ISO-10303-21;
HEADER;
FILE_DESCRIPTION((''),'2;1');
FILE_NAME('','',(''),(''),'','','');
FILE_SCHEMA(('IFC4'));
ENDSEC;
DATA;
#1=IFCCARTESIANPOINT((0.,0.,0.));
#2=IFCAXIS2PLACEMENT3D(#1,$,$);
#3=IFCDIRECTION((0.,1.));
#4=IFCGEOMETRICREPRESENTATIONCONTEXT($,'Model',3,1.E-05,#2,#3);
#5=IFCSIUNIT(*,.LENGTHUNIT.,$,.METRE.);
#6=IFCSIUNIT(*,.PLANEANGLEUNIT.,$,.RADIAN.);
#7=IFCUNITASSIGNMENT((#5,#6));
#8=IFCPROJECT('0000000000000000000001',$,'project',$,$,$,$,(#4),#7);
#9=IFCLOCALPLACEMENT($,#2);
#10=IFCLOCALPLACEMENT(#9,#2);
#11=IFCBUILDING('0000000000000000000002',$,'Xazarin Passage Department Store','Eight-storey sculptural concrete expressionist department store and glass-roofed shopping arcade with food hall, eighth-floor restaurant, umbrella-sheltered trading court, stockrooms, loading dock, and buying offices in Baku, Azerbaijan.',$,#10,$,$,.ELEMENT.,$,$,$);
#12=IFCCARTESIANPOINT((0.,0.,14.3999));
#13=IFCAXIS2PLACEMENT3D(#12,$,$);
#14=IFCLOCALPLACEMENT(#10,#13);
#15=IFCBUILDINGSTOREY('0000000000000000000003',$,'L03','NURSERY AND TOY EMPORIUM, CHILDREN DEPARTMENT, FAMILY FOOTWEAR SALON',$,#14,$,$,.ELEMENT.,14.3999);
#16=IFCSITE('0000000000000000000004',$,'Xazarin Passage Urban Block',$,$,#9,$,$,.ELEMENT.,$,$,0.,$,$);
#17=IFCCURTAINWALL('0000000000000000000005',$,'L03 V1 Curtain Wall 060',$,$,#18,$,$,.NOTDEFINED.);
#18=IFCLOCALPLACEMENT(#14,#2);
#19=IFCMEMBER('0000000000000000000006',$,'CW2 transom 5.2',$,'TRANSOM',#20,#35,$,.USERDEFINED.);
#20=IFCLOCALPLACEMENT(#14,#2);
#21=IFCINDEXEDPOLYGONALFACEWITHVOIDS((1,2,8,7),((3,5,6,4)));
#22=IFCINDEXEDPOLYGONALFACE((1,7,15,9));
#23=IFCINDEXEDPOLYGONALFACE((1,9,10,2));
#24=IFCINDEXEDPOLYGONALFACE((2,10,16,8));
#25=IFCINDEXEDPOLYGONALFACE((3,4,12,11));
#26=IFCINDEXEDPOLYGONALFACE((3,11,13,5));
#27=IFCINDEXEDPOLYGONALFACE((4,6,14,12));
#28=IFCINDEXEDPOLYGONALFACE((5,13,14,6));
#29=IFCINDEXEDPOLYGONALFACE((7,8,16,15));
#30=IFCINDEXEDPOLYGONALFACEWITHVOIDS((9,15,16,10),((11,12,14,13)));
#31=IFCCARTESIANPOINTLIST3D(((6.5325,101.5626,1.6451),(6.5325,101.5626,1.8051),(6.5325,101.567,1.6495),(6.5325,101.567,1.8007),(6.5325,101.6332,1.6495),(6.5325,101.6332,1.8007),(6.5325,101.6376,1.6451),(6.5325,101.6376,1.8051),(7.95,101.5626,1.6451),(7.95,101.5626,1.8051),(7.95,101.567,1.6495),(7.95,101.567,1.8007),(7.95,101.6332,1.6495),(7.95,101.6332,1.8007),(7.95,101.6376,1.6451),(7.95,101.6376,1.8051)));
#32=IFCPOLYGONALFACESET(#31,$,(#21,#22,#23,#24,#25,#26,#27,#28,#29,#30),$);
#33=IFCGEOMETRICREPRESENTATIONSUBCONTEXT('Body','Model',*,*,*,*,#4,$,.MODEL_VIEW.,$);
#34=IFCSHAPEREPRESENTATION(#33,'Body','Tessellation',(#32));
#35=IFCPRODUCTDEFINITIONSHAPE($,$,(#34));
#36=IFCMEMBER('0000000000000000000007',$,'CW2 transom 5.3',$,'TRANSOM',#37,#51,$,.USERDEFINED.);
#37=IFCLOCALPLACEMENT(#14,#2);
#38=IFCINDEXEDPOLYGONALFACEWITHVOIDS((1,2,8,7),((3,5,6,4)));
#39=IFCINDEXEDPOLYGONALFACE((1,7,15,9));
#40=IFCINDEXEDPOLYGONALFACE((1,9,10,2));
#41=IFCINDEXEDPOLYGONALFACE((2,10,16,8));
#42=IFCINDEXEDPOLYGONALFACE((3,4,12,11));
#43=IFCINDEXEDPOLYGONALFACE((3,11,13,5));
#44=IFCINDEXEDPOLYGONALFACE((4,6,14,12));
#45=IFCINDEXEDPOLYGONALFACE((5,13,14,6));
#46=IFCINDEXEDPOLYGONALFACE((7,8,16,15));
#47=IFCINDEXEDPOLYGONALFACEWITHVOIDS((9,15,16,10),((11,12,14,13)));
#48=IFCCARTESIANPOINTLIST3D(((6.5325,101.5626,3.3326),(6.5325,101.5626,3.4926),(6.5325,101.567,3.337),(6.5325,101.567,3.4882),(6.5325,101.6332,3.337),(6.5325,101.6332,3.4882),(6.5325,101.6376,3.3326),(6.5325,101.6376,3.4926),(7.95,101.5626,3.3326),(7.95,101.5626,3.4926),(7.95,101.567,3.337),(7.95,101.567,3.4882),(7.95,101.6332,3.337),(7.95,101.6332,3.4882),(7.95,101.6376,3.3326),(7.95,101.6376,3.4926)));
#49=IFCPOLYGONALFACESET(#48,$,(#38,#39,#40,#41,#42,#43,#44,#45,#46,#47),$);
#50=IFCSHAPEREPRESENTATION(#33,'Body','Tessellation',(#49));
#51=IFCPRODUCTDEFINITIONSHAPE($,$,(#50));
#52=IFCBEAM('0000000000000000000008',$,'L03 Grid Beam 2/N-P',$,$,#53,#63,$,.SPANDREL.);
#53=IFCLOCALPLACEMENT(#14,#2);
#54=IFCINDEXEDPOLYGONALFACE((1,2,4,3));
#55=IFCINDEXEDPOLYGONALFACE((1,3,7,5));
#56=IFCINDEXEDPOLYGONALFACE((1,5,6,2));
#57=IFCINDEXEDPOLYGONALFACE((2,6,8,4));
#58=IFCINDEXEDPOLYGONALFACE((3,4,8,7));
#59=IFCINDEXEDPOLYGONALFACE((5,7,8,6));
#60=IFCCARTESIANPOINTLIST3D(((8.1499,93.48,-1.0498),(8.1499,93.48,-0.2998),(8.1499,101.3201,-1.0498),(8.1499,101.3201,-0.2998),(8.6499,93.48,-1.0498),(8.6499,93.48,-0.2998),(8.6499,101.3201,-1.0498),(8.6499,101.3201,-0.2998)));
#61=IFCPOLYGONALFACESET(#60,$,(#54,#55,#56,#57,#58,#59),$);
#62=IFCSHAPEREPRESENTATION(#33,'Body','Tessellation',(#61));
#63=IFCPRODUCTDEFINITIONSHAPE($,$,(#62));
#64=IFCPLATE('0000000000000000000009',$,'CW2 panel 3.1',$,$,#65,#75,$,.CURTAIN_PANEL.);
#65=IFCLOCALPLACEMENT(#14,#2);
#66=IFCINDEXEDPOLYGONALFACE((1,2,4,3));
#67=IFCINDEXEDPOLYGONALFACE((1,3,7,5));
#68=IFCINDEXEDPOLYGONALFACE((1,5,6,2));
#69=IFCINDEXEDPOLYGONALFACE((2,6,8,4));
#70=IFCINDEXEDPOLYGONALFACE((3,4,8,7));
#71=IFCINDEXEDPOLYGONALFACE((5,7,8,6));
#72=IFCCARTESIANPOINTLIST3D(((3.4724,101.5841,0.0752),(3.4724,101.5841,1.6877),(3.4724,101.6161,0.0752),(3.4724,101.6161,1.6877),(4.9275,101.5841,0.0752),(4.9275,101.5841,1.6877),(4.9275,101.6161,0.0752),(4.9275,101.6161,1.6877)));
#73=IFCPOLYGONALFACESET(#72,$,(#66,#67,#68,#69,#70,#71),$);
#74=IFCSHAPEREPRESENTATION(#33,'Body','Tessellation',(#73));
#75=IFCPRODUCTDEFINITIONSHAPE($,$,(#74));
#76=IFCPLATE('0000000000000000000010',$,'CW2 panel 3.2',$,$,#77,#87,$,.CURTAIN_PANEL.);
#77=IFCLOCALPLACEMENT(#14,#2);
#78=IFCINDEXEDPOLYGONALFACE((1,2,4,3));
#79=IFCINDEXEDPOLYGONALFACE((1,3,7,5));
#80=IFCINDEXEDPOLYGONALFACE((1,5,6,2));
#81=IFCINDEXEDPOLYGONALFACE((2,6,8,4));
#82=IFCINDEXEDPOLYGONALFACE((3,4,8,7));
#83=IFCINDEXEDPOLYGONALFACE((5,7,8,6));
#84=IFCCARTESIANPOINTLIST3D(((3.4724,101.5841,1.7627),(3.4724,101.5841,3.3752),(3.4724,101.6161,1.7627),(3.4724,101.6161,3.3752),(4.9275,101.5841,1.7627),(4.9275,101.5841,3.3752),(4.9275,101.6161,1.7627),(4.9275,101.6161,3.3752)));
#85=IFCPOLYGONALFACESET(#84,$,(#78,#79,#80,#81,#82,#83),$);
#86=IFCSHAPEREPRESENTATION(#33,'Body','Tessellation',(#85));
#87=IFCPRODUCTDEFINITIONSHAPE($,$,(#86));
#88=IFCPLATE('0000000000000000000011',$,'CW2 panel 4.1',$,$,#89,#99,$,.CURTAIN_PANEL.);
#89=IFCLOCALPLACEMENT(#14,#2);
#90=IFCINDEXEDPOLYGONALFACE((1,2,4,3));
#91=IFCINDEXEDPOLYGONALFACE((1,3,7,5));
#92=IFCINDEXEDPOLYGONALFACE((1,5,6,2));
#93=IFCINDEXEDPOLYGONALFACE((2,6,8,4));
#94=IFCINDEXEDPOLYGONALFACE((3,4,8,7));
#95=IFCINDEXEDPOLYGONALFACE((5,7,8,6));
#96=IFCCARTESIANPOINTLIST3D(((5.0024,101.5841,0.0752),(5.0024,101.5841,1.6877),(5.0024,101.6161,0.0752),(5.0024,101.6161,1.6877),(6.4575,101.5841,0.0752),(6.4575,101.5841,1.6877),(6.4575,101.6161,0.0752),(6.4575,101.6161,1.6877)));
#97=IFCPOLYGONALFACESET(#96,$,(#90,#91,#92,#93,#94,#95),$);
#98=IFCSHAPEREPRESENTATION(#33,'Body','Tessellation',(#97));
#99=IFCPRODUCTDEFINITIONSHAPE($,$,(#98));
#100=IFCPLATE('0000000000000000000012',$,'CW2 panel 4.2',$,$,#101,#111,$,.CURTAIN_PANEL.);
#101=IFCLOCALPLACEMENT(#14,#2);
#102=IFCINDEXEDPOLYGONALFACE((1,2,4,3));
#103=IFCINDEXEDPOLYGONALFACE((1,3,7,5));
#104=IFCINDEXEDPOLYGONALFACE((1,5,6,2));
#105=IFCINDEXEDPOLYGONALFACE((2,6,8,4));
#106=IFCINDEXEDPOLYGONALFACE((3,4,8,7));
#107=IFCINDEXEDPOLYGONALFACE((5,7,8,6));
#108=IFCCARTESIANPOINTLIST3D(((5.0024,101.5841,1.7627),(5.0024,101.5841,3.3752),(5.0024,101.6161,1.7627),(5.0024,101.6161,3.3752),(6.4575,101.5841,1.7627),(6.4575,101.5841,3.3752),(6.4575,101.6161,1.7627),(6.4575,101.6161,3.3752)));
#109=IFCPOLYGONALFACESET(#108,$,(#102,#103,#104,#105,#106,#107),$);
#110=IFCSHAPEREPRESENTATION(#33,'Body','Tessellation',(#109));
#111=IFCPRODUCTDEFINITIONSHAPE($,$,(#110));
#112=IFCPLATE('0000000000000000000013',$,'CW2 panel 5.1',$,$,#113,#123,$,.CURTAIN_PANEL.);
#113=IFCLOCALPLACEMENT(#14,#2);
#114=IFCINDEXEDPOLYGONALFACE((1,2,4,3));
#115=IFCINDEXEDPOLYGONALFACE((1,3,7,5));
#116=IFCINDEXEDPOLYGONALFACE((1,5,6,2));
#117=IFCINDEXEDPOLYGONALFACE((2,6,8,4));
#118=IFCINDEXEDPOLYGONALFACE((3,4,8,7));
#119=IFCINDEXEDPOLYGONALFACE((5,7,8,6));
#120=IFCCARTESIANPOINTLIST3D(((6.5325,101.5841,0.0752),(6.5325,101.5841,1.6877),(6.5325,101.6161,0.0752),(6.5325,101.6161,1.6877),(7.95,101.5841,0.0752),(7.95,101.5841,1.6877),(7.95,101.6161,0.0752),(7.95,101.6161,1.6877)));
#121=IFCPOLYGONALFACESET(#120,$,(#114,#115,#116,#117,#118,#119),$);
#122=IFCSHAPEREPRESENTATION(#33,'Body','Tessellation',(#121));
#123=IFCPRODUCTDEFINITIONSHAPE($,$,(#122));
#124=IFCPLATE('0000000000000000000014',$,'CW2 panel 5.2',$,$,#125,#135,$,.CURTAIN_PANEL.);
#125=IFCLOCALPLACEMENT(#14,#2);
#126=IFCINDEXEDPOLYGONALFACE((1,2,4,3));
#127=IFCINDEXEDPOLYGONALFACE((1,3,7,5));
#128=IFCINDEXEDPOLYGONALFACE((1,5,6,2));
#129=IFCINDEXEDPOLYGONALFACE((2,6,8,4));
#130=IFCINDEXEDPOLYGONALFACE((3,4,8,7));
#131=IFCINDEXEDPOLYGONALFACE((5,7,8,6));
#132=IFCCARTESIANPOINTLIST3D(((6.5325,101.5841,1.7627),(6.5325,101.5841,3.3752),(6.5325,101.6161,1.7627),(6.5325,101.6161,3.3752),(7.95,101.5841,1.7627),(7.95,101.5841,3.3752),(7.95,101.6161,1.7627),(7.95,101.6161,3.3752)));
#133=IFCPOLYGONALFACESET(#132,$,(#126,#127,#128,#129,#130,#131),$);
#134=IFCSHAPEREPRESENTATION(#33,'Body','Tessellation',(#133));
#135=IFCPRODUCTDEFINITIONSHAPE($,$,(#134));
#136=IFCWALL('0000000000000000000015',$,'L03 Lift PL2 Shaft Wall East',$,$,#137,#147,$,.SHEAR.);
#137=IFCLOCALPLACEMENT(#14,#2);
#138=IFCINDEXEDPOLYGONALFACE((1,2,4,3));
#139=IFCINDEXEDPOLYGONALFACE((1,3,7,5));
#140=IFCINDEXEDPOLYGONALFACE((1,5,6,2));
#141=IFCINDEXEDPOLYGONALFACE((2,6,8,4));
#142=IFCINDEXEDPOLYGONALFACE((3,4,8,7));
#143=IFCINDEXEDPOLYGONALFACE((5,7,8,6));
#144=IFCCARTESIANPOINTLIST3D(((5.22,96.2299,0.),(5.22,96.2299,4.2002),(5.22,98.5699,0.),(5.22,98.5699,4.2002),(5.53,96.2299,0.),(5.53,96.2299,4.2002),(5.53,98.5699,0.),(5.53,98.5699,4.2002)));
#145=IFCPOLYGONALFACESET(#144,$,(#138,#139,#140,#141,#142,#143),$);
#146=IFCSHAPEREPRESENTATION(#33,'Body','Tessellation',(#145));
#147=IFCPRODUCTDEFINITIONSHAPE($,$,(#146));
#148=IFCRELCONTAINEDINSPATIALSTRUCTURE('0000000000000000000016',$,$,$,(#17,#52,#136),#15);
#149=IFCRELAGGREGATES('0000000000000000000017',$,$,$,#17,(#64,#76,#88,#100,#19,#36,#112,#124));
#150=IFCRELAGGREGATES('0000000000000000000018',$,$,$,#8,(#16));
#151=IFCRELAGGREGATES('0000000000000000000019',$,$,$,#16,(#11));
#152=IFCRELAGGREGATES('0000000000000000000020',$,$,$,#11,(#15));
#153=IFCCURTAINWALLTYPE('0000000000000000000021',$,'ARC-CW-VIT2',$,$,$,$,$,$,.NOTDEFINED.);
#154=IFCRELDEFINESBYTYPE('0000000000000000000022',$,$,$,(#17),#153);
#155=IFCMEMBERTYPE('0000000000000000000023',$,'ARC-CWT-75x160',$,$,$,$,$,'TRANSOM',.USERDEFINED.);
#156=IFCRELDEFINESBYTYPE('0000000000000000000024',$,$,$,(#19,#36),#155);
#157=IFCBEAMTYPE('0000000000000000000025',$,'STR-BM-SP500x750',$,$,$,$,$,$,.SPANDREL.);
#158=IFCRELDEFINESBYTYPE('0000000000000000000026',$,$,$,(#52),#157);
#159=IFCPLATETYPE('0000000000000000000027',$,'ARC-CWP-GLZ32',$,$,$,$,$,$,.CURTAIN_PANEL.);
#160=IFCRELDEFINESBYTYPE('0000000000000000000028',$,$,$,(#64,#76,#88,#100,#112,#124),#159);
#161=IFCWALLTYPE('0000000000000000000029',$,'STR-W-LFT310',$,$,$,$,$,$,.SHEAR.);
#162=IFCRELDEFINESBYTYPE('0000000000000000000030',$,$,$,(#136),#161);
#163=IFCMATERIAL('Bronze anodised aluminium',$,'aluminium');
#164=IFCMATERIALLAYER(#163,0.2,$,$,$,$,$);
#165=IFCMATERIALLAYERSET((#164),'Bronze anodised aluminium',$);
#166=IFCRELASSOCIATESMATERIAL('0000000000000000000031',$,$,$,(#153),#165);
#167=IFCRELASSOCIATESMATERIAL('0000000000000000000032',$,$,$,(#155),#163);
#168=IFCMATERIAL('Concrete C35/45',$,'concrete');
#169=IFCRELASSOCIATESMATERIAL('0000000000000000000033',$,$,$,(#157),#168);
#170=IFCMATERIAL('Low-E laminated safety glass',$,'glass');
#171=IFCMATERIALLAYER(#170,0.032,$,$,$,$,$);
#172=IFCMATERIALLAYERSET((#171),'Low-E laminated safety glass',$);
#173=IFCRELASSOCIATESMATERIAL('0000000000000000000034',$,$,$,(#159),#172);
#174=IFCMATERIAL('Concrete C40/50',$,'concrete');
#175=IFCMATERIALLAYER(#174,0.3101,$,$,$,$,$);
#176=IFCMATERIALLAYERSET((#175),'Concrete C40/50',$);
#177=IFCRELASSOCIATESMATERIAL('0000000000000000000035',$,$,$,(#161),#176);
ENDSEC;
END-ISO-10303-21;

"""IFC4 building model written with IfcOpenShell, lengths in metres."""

from ifc_helpers import new_model, si_unit, direction, frame, frame_2d, origin, origin_2d, place, context, subcontext, project, spatial, rectangle, hollow_rectangle, extrude, material, layer, layer_set, material_profile, profile_set, type_object, element, aggregate, save


model = new_model("IFC4")

# Units and contexts
model_context = context("Model", 3, precision=1e-05, world=origin(), true_north=direction((0.0, 1.0)))
body_context = subcontext(model_context, "Body", "Model", "MODEL_VIEW")
ifc_project = project(units=[si_unit("LENGTHUNIT", "METRE"), si_unit("PLANEANGLEUNIT", "RADIAN")], contexts=[model_context])

# Site, building, storey
site_placement = place(None, origin())
site = spatial("IfcSite", under=ifc_project, at=site_placement, Name="Xazarin Passage Urban Block", CompositionType="ELEMENT", RefElevation=0.0)
building_placement = place(site_placement, origin())
building = spatial("IfcBuilding", under=site, at=building_placement, Name="Xazarin Passage Department Store", Description="Eight-storey sculptural concrete expressionist department store and glass-roofed shopping arcade with food hall, eighth-floor restaurant, umbrella-sheltered trading court, stockrooms, loading dock, and buying offices in Baku, Azerbaijan.", CompositionType="ELEMENT")
storey_placement = place(building_placement, frame((0.0, 0.0, 14.3999)))
storey = spatial("IfcBuildingStorey", under=building, at=storey_placement, Name="L03", Description="NURSERY AND TOY EMPORIUM, CHILDREN DEPARTMENT, FAMILY FOOTWEAR SALON", CompositionType="ELEMENT", Elevation=14.3999)

# Shared definitions
ifc_material_1 = material(Name="Concrete C40/50", Category="concrete")

# Curtain wall, members
ifc_material_2 = material(Name="Bronze anodised aluminium", Category="aluminium")
ifc_layer_1 = layer(ifc_material_2, 0.2)
ifc_layer_set_1 = layer_set([ifc_layer_1], Name="Bronze anodised aluminium")
curtain_wall_type = type_object("IfcCurtainWallType", Name="ARC-CW-VIT2", PredefinedType="NOTDEFINED", material=ifc_layer_set_1)
curtain_wall_placement = place(storey_placement, origin())
curtain_wall = element("IfcCurtainWall", 1, at=curtain_wall_placement, inside=storey, type_object=curtain_wall_type, Name="L03 V1 Curtain Wall 060", PredefinedType="NOTDEFINED")
ifc_material_profile_1 = material_profile(ifc_material_2, hollow_rectangle(XDim=0.075, YDim=0.1599, WallThickness=0.0044, at=origin_2d()), Name="ALU 75x160")
ifc_profile_set_1 = profile_set([ifc_material_profile_1], Name="Bronze anodised aluminium")
member_type_1 = type_object("IfcMemberType", Name="ARC-CWT-75x160", ElementType="TRANSOM", PredefinedType="USERDEFINED", material=ifc_profile_set_1)
member_1_placement = place(storey_placement, frame((6.5325, 101.6001, 1.7251), z_axis=(1.0, 0.0, 0.0), x_axis=(0.0, 1.0, 0.0)))
member_1 = element("IfcMember", 2, at=member_1_placement, type_object=member_type_1, Name="CW2 transom 5.2", ObjectType="TRANSOM", PredefinedType="USERDEFINED", context=body_context, shape_type="SweptSolid", body=[
    extrude(hollow_rectangle(XDim=0.075, YDim=0.1599, WallThickness=0.0044, at=origin_2d()), origin(), (0.0, 0.0, 1.0), 1.4175),
])
member_2_placement = place(storey_placement, frame((6.5325, 101.6001, 3.4126), z_axis=(1.0, 0.0, 0.0), x_axis=(0.0, 1.0, 0.0)))
member_2 = element("IfcMember", 3, at=member_2_placement, type_object=member_type_1, Name="CW2 transom 5.3", ObjectType="TRANSOM", PredefinedType="USERDEFINED", context=body_context, shape_type="SweptSolid", body=[
    extrude(hollow_rectangle(XDim=0.075, YDim=0.1599, WallThickness=0.0044, at=origin_2d()), origin(), (0.0, 0.0, 1.0), 1.4175),
])

# Beam
ifc_material_3 = material(Name="Concrete C35/45", Category="concrete")
ifc_material_profile_2 = material_profile(ifc_material_3, rectangle(XDim=0.5, YDim=0.75, at=origin_2d()), Name="RC 500x750")
ifc_profile_set_2 = profile_set([ifc_material_profile_2], Name="Concrete C35/45")
beam_type = type_object("IfcBeamType", Name="STR-BM-SP500x750", PredefinedType="SPANDREL", material=ifc_profile_set_2)
beam_placement = place(storey_placement, frame((8.3999, 93.48, -0.6748), z_axis=(0.0, 1.0, 0.0), x_axis=(-1.0, 0.0, 0.0)))
element("IfcBeam", 4, at=beam_placement, inside=storey, type_object=beam_type, Name="L03 Grid Beam 2/N-P", PredefinedType="SPANDREL", context=body_context, shape_type="SweptSolid", body=[
    extrude(rectangle(XDim=0.5, YDim=0.75, at=origin_2d()), origin(), (0.0, 0.0, 1.0), 7.8401),
])

# Plates
ifc_material_4 = material(Name="Low-E laminated safety glass", Category="glass")
ifc_layer_2 = layer(ifc_material_4, 0.032)
ifc_layer_set_2 = layer_set([ifc_layer_2], Name="Low-E laminated safety glass")
plate_type = type_object("IfcPlateType", Name="ARC-CWP-GLZ32", PredefinedType="CURTAIN_PANEL", material=ifc_layer_set_2)
plate_1_placement = place(storey_placement, frame((4.2, 101.6001, 0.0752), z_axis=(0.0, 0.0, 1.0), x_axis=(1.0, 0.0, 0.0)))
plate_1 = element("IfcPlate", 5, at=plate_1_placement, type_object=plate_type, Name="CW2 panel 3.1", PredefinedType="CURTAIN_PANEL", context=body_context, shape_type="SweptSolid", body=[
    extrude(rectangle(XDim=1.4551, YDim=0.032, at=origin_2d()), origin(), (0.0, 0.0, 1.0), 1.6125),
])
plate_2_placement = place(storey_placement, frame((4.2, 101.6001, 1.7627), z_axis=(0.0, 0.0, 1.0), x_axis=(1.0, 0.0, 0.0)))
plate_2 = element("IfcPlate", 6, at=plate_2_placement, type_object=plate_type, Name="CW2 panel 3.2", PredefinedType="CURTAIN_PANEL", context=body_context, shape_type="SweptSolid", body=[
    extrude(rectangle(XDim=1.4551, YDim=0.032, at=origin_2d()), origin(), (0.0, 0.0, 1.0), 1.6125),
])
plate_3_placement = place(storey_placement, frame((5.73, 101.6001, 0.0752), z_axis=(0.0, 0.0, 1.0), x_axis=(1.0, 0.0, 0.0)))
plate_3 = element("IfcPlate", 7, at=plate_3_placement, type_object=plate_type, Name="CW2 panel 4.1", PredefinedType="CURTAIN_PANEL", context=body_context, shape_type="SweptSolid", body=[
    extrude(rectangle(XDim=1.4551, YDim=0.032, at=origin_2d()), origin(), (0.0, 0.0, 1.0), 1.6125),
])
plate_4_placement = place(storey_placement, frame((5.73, 101.6001, 1.7627), z_axis=(0.0, 0.0, 1.0), x_axis=(1.0, 0.0, 0.0)))
plate_4 = element("IfcPlate", 8, at=plate_4_placement, type_object=plate_type, Name="CW2 panel 4.2", PredefinedType="CURTAIN_PANEL", context=body_context, shape_type="SweptSolid", body=[
    extrude(rectangle(XDim=1.4551, YDim=0.032, at=origin_2d()), origin(), (0.0, 0.0, 1.0), 1.6125),
])
plate_5_placement = place(storey_placement, frame((7.2412, 101.6001, 0.0752), z_axis=(0.0, 0.0, 1.0), x_axis=(1.0, 0.0, 0.0)))
plate_5 = element("IfcPlate", 9, at=plate_5_placement, type_object=plate_type, Name="CW2 panel 5.1", PredefinedType="CURTAIN_PANEL", context=body_context, shape_type="SweptSolid", body=[
    extrude(rectangle(XDim=1.4175, YDim=0.032, at=origin_2d()), origin(), (0.0, 0.0, 1.0), 1.6125),
])
plate_6_placement = place(storey_placement, frame((7.2412, 101.6001, 1.7627), z_axis=(0.0, 0.0, 1.0), x_axis=(1.0, 0.0, 0.0)))
plate_6 = element("IfcPlate", 10, at=plate_6_placement, type_object=plate_type, Name="CW2 panel 5.2", PredefinedType="CURTAIN_PANEL", context=body_context, shape_type="SweptSolid", body=[
    extrude(rectangle(XDim=1.4175, YDim=0.032, at=origin_2d()), origin(), (0.0, 0.0, 1.0), 1.6125),
])
aggregate(curtain_wall, [plate_1, plate_2, plate_3, plate_4, member_1, member_2, plate_5, plate_6])

# Wall
ifc_layer_3 = layer(ifc_material_1, 0.3101)
ifc_layer_set_3 = layer_set([ifc_layer_3], Name="Concrete C40/50")
wall_type = type_object("IfcWallType", Name="STR-W-LFT310", PredefinedType="SHEAR", material=ifc_layer_set_3)
wall_placement = place(storey_placement, frame((5.375, 96.23, 0.0), z_axis=(0.0, 0.0, 1.0), x_axis=(0.0, 1.0, 0.0)))
element("IfcWall", 11, at=wall_placement, inside=storey, type_object=wall_type, Name="L03 Lift PL2 Shaft Wall East", PredefinedType="SHEAR", context=body_context, shape_type="SweptSolid", body=[
    extrude(rectangle(XDim=2.3401, YDim=0.3101, at=frame_2d((1.1699, 0.0))), origin(), (0.0, 0.0, 1.0), 4.2002),
])

save(model, "model.ifc")
